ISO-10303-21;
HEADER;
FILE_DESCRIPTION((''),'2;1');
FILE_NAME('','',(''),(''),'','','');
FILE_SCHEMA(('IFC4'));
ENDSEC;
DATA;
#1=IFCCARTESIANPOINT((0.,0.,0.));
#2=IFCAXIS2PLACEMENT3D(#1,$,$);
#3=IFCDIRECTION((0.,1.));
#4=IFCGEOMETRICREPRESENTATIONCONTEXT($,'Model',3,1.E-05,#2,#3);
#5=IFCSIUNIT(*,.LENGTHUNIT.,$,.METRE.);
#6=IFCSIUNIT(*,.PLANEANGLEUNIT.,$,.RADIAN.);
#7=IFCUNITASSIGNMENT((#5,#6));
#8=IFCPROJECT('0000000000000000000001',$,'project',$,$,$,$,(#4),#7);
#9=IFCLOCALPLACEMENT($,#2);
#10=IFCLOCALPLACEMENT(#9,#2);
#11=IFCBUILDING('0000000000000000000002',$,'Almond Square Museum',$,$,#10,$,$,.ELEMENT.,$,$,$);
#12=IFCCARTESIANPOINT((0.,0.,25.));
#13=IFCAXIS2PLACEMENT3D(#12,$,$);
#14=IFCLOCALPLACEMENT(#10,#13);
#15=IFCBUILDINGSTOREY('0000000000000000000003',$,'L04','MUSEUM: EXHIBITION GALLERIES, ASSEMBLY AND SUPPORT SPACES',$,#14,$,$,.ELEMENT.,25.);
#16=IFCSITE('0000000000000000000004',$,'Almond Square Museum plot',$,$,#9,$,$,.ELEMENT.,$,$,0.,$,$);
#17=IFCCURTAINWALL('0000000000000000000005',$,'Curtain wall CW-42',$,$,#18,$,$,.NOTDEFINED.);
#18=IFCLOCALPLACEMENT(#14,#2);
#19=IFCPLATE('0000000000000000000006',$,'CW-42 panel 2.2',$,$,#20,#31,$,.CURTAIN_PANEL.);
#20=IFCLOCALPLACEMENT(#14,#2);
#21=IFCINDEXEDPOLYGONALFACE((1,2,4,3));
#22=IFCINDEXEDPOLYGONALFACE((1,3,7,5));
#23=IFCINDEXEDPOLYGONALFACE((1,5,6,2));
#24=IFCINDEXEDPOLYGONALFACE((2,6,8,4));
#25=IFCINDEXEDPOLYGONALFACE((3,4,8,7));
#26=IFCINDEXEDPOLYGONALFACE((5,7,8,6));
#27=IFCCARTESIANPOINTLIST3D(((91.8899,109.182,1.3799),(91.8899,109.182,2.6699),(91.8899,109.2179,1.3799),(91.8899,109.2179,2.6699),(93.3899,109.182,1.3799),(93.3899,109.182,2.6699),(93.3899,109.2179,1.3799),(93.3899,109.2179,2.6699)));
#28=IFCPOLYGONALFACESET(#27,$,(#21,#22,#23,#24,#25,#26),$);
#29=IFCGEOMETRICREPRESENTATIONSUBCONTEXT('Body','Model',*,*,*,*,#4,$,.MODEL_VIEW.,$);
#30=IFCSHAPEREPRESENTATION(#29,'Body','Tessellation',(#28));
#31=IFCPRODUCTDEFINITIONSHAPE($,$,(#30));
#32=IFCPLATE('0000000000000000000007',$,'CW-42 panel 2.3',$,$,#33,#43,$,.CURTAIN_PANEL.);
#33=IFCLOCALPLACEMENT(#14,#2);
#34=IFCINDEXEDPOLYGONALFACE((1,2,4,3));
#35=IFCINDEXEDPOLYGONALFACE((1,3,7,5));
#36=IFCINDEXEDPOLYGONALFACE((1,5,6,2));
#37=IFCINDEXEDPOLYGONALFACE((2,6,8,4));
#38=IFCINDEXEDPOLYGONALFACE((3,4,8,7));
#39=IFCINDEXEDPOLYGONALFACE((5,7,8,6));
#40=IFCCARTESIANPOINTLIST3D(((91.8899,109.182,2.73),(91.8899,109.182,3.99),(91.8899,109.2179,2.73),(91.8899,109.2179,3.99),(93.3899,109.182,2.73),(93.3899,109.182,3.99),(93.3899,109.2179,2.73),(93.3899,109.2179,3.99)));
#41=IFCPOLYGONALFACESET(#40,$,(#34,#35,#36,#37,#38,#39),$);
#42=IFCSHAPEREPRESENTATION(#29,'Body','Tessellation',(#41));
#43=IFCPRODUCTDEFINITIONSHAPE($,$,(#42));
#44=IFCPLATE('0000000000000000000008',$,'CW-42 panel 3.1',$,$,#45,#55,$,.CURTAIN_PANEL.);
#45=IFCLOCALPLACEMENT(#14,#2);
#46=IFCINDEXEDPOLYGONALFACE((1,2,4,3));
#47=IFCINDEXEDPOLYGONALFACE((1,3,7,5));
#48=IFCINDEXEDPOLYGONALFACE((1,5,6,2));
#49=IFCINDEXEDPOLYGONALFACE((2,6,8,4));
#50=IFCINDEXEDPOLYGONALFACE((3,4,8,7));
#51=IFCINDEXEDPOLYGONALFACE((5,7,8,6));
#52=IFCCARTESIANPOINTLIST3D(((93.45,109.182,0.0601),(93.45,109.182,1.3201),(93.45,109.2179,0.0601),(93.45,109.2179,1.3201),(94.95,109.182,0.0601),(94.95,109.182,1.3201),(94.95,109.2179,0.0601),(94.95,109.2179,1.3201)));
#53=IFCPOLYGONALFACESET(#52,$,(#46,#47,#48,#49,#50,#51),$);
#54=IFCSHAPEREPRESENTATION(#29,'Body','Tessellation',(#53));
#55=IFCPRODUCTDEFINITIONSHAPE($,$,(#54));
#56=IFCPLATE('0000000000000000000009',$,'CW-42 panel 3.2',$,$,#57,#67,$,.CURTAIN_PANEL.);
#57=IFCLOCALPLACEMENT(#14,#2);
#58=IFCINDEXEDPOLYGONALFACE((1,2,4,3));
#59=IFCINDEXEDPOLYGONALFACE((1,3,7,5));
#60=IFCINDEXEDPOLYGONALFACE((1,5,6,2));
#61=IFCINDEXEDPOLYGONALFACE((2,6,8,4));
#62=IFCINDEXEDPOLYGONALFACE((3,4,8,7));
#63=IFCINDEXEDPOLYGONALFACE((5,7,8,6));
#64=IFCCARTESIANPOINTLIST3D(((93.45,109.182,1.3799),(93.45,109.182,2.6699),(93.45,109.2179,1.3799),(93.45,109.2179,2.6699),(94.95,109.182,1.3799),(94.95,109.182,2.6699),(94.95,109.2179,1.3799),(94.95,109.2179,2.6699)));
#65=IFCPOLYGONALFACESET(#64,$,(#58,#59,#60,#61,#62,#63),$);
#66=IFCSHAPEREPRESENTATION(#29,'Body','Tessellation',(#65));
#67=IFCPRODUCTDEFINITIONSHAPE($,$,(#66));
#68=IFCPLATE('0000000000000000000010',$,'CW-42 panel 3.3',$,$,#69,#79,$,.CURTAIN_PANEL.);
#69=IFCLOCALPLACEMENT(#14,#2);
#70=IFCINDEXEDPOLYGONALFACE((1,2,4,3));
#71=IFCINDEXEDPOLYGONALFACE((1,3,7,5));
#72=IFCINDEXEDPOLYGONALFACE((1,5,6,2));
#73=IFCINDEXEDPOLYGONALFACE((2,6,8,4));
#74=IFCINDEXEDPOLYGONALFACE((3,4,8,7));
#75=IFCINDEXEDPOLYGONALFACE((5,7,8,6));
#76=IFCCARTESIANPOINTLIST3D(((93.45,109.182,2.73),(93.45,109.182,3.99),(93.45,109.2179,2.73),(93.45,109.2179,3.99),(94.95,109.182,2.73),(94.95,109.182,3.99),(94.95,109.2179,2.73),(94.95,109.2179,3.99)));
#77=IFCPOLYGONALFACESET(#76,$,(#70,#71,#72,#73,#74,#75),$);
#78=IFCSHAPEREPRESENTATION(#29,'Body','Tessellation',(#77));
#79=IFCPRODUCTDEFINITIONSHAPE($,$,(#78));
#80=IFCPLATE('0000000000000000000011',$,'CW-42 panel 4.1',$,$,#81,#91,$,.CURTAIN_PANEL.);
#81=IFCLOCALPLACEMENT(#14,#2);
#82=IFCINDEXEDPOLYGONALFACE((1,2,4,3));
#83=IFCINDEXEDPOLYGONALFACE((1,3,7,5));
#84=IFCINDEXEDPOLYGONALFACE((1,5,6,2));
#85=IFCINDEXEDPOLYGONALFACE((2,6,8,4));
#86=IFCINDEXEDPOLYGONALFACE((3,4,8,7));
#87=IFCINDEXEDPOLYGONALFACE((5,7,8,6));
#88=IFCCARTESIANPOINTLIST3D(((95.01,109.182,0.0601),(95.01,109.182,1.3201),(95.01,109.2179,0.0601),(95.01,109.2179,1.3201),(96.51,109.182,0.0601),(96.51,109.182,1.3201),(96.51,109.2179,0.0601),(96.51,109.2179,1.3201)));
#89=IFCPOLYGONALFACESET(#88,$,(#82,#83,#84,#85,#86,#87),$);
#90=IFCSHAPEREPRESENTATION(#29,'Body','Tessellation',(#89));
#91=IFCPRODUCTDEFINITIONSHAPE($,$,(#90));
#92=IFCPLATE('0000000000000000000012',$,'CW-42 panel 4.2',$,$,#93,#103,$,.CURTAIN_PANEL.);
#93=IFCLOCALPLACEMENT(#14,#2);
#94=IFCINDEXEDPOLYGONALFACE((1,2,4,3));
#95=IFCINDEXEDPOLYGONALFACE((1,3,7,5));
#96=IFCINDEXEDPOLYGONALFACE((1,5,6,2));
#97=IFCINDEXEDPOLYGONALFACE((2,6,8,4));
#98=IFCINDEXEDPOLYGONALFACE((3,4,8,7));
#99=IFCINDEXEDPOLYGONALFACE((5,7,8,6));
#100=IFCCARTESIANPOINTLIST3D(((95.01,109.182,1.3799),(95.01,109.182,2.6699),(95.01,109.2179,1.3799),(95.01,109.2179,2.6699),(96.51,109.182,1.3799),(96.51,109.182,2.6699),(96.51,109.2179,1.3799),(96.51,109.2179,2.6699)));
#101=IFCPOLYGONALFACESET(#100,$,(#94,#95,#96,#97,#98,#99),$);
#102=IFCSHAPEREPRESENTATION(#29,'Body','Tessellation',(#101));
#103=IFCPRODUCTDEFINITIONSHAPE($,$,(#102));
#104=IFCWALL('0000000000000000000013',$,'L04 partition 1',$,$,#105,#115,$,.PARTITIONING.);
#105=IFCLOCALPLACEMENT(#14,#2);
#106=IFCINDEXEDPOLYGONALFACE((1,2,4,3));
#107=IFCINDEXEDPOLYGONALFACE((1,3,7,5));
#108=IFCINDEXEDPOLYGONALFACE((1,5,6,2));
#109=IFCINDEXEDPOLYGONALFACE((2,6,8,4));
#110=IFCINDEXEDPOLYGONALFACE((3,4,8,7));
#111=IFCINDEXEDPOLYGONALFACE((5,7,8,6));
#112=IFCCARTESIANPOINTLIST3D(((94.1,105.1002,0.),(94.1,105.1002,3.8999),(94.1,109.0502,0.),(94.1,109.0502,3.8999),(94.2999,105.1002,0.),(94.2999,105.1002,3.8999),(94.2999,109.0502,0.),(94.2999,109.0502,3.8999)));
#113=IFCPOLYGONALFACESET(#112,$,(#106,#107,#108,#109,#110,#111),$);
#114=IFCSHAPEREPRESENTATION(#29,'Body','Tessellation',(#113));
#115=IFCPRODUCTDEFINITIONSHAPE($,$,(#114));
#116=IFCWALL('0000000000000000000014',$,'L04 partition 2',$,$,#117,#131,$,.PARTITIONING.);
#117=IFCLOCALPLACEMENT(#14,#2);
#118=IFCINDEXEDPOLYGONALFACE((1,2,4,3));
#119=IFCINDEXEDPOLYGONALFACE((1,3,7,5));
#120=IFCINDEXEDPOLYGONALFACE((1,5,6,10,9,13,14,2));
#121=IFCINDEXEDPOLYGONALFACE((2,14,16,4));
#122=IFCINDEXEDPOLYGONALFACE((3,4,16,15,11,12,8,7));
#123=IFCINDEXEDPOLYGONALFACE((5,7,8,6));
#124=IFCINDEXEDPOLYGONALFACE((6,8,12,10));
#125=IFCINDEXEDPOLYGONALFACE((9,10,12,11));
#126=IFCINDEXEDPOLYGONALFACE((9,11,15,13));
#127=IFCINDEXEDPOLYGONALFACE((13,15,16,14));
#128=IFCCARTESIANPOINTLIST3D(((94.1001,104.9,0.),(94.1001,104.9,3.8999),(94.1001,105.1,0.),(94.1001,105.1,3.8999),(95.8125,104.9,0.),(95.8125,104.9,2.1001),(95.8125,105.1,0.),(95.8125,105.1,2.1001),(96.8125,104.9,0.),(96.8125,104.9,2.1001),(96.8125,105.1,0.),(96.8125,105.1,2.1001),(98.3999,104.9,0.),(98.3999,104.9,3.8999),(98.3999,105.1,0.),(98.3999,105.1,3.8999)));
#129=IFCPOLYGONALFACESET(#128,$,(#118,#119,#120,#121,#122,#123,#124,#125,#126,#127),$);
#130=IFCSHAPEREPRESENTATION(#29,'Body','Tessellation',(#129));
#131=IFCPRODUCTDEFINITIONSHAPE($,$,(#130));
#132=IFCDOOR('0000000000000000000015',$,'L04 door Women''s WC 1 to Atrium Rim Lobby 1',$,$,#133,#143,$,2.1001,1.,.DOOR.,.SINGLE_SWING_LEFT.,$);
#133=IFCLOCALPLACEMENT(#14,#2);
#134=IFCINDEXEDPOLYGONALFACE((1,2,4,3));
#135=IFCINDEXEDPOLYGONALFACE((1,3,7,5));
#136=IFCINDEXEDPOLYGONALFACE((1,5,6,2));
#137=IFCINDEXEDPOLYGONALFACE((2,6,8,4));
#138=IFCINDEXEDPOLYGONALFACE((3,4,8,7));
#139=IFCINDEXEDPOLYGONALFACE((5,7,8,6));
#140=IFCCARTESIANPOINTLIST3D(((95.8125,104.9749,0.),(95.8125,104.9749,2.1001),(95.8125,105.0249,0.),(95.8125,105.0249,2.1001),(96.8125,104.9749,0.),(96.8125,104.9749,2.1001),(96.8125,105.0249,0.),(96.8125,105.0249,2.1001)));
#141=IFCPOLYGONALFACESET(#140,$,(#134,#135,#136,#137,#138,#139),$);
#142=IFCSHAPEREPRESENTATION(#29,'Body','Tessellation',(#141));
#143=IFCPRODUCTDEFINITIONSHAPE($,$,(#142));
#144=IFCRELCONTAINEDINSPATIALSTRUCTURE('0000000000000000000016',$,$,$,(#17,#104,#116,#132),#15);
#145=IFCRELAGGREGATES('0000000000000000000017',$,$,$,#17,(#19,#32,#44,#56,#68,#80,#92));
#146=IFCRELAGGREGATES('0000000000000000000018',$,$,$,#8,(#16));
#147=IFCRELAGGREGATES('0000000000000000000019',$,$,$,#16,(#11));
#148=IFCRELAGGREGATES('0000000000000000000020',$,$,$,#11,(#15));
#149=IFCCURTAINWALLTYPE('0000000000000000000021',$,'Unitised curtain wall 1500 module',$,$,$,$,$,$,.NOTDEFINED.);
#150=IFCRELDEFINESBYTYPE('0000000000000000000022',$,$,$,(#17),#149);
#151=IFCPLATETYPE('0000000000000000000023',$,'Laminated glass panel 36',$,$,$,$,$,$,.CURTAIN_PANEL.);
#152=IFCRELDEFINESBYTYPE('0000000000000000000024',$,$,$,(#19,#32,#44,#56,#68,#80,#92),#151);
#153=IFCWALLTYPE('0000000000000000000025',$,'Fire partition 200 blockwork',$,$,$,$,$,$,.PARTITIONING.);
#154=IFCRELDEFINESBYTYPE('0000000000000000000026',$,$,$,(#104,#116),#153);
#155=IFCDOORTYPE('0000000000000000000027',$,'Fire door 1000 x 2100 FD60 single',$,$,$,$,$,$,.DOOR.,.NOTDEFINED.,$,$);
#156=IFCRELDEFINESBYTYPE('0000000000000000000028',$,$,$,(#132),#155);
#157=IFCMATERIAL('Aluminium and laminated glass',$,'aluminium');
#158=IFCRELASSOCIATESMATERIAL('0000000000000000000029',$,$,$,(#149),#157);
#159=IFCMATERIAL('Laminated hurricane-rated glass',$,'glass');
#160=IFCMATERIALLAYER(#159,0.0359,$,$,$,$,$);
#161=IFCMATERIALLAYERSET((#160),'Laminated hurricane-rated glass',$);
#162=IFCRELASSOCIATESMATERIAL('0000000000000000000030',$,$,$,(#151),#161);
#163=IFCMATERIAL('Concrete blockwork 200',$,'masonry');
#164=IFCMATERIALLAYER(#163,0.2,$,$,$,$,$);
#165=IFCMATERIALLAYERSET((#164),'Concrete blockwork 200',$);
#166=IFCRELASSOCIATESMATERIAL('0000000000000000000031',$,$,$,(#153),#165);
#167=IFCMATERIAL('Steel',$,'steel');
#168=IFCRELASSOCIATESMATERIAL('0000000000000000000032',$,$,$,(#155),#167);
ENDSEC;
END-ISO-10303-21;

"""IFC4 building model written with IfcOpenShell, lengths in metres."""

from ifc_helpers import new_model, si_unit, direction, frame, frame_2d, origin, origin_2d, place, context, subcontext, project, spatial, rectangle, extrude, material, layer, layer_set, type_object, element, fill, aggregate, save


model = new_model("IFC4")

# Units and contexts
model_context = context("Model", 3, precision=1e-05, world=origin(), true_north=direction((0.0, 1.0)))
body_context = subcontext(model_context, "Body", "Model", "MODEL_VIEW")
ifc_project = project(units=[si_unit("LENGTHUNIT", "METRE"), si_unit("PLANEANGLEUNIT", "RADIAN")], contexts=[model_context])

# Site, building, storey
site_placement = place(None, origin())
site = spatial("IfcSite", under=ifc_project, at=site_placement, Name="Almond Square Museum plot", CompositionType="ELEMENT", RefElevation=0.0)
building_placement = place(site_placement, origin())
building = spatial("IfcBuilding", under=site, at=building_placement, Name="Almond Square Museum", CompositionType="ELEMENT")
storey_placement = place(building_placement, frame((0.0, 0.0, 25.0)))
storey = spatial("IfcBuildingStorey", under=building, at=storey_placement, Name="L04", Description="MUSEUM: EXHIBITION GALLERIES, ASSEMBLY AND SUPPORT SPACES", CompositionType="ELEMENT", Elevation=25.0)

# Curtain wall
ifc_material_1 = material(Name="Aluminium and laminated glass", Category="aluminium")
curtain_wall_type = type_object("IfcCurtainWallType", Name="Unitised curtain wall 1500 module", PredefinedType="NOTDEFINED", material=ifc_material_1)
curtain_wall_placement = place(storey_placement, origin())
curtain_wall = element("IfcCurtainWall", 1, at=curtain_wall_placement, inside=storey, type_object=curtain_wall_type, Name="Curtain wall CW-42", PredefinedType="NOTDEFINED")

# Plates
ifc_material_2 = material(Name="Laminated hurricane-rated glass", Category="glass")
ifc_layer_1 = layer(ifc_material_2, 0.0359)
ifc_layer_set_1 = layer_set([ifc_layer_1], Name="Laminated hurricane-rated glass")
plate_type = type_object("IfcPlateType", Name="Laminated glass panel 36", PredefinedType="CURTAIN_PANEL", material=ifc_layer_set_1)
plate_1_placement = place(storey_placement, frame((92.6399, 109.2, 1.3799), z_axis=(0.0, 0.0, 1.0), x_axis=(1.0, 0.0, 0.0)))
plate_1 = element("IfcPlate", 2, at=plate_1_placement, type_object=plate_type, Name="CW-42 panel 2.2", PredefinedType="CURTAIN_PANEL", context=body_context, shape_type="SweptSolid", body=[
    extrude(rectangle(XDim=1.5, YDim=0.0359, at=origin_2d()), origin(), (0.0, 0.0, 1.0), 1.29),
])
plate_2_placement = place(storey_placement, frame((92.6399, 109.2, 2.73), z_axis=(0.0, 0.0, 1.0), x_axis=(1.0, 0.0, 0.0)))
plate_2 = element("IfcPlate", 3, at=plate_2_placement, type_object=plate_type, Name="CW-42 panel 2.3", PredefinedType="CURTAIN_PANEL", context=body_context, shape_type="SweptSolid", body=[
    extrude(rectangle(XDim=1.5, YDim=0.0359, at=origin_2d()), origin(), (0.0, 0.0, 1.0), 1.26),
])
plate_3_placement = place(storey_placement, frame((94.2, 109.2, 0.0601), z_axis=(0.0, 0.0, 1.0), x_axis=(1.0, 0.0, 0.0)))
plate_3 = element("IfcPlate", 4, at=plate_3_placement, type_object=plate_type, Name="CW-42 panel 3.1", PredefinedType="CURTAIN_PANEL", context=body_context, shape_type="SweptSolid", body=[
    extrude(rectangle(XDim=1.5, YDim=0.0359, at=origin_2d()), origin(), (0.0, 0.0, 1.0), 1.26),
])
plate_4_placement = place(storey_placement, frame((94.2, 109.2, 1.3799), z_axis=(0.0, 0.0, 1.0), x_axis=(1.0, 0.0, 0.0)))
plate_4 = element("IfcPlate", 5, at=plate_4_placement, type_object=plate_type, Name="CW-42 panel 3.2", PredefinedType="CURTAIN_PANEL", context=body_context, shape_type="SweptSolid", body=[
    extrude(rectangle(XDim=1.5, YDim=0.0359, at=origin_2d()), origin(), (0.0, 0.0, 1.0), 1.29),
])
plate_5_placement = place(storey_placement, frame((94.2, 109.2, 2.73), z_axis=(0.0, 0.0, 1.0), x_axis=(1.0, 0.0, 0.0)))
plate_5 = element("IfcPlate", 6, at=plate_5_placement, type_object=plate_type, Name="CW-42 panel 3.3", PredefinedType="CURTAIN_PANEL", context=body_context, shape_type="SweptSolid", body=[
    extrude(rectangle(XDim=1.5, YDim=0.0359, at=origin_2d()), origin(), (0.0, 0.0, 1.0), 1.26),
])
plate_6_placement = place(storey_placement, frame((95.76, 109.2, 0.0601), z_axis=(0.0, 0.0, 1.0), x_axis=(1.0, 0.0, 0.0)))
plate_6 = element("IfcPlate", 7, at=plate_6_placement, type_object=plate_type, Name="CW-42 panel 4.1", PredefinedType="CURTAIN_PANEL", context=body_context, shape_type="SweptSolid", body=[
    extrude(rectangle(XDim=1.5, YDim=0.0359, at=origin_2d()), origin(), (0.0, 0.0, 1.0), 1.26),
])
plate_7_placement = place(storey_placement, frame((95.76, 109.2, 1.3799), z_axis=(0.0, 0.0, 1.0), x_axis=(1.0, 0.0, 0.0)))
plate_7 = element("IfcPlate", 8, at=plate_7_placement, type_object=plate_type, Name="CW-42 panel 4.2", PredefinedType="CURTAIN_PANEL", context=body_context, shape_type="SweptSolid", body=[
    extrude(rectangle(XDim=1.5, YDim=0.0359, at=origin_2d()), origin(), (0.0, 0.0, 1.0), 1.29),
])
aggregate(curtain_wall, [plate_1, plate_2, plate_3, plate_4, plate_5, plate_6, plate_7])

# Wall
ifc_material_3 = material(Name="Concrete blockwork 200", Category="masonry")
ifc_layer_2 = layer(ifc_material_3, 0.2)
ifc_layer_set_2 = layer_set([ifc_layer_2], Name="Concrete blockwork 200")
wall_type = type_object("IfcWallType", Name="Fire partition 200 blockwork", PredefinedType="PARTITIONING", material=ifc_layer_set_2)
wall_1_placement = place(storey_placement, frame((94.2, 105.1001, 0.0), z_axis=(0.0, 0.0, 1.0), x_axis=(0.0, 1.0, 0.0)))
element("IfcWall", 9, at=wall_1_placement, inside=storey, type_object=wall_type, Name="L04 partition 1", PredefinedType="PARTITIONING", context=body_context, shape_type="SweptSolid", body=[
    extrude(rectangle(XDim=3.95, YDim=0.2, at=frame_2d((1.9751, 0.0))), origin(), (0.0, 0.0, 1.0), 3.8999),
])

# Wall, opening, door
wall_2_placement = place(storey_placement, frame((94.1001, 105.0, 0.0), z_axis=(0.0, 0.0, 1.0), x_axis=(1.0, 0.0, 0.0)))
wall_2 = element("IfcWall", 10, at=wall_2_placement, inside=storey, type_object=wall_type, Name="L04 partition 2", PredefinedType="PARTITIONING", context=body_context, shape_type="SweptSolid", body=[
    extrude(rectangle(XDim=4.2998, YDim=0.2, at=frame_2d((2.1499, 0.0))), origin(), (0.0, 0.0, 1.0), 3.8999),
])
opening_placement = place(wall_2_placement, frame((1.7124, 0.0, 0.0)))
opening = element("IfcOpeningElement", 11, at=opening_placement, cuts=wall_2, PredefinedType="OPENING", context=body_context, shape_type="SweptSolid", body=[
    extrude(rectangle(XDim=1.0, YDim=2.1001, at=frame_2d((0.5, 1.05))), frame((0.0, 0.1099, 0.0), z_axis=(0.0, -1.0, 0.0), x_axis=(1.0, 0.0, 0.0)), (0.0, 0.0, 1.0), 0.22),
])
ifc_material_4 = material(Name="Steel", Category="steel")
door_type = type_object("IfcDoorType", Name="Fire door 1000 x 2100 FD60 single", OperationType="NOTDEFINED", PredefinedType="DOOR", material=ifc_material_4)
door_placement = place(opening_placement, origin())
door = element("IfcDoor", 12, at=door_placement, inside=storey, type_object=door_type, Name="L04 door Women's WC 1 to Atrium Rim Lobby 1", OperationType="SINGLE_SWING_LEFT", OverallHeight=2.1001, OverallWidth=1.0, PredefinedType="DOOR", context=body_context, shape_type="SweptSolid", body=[
    extrude(rectangle(XDim=1.0, YDim=2.1001, at=frame_2d((0.5, 1.05))), frame((0.0, 0.0249, 0.0), z_axis=(0.0, -1.0, 0.0), x_axis=(1.0, 0.0, 0.0)), (0.0, 0.0, 1.0), 0.05),
])
fill(opening, door)

save(model, "model.ifc")
